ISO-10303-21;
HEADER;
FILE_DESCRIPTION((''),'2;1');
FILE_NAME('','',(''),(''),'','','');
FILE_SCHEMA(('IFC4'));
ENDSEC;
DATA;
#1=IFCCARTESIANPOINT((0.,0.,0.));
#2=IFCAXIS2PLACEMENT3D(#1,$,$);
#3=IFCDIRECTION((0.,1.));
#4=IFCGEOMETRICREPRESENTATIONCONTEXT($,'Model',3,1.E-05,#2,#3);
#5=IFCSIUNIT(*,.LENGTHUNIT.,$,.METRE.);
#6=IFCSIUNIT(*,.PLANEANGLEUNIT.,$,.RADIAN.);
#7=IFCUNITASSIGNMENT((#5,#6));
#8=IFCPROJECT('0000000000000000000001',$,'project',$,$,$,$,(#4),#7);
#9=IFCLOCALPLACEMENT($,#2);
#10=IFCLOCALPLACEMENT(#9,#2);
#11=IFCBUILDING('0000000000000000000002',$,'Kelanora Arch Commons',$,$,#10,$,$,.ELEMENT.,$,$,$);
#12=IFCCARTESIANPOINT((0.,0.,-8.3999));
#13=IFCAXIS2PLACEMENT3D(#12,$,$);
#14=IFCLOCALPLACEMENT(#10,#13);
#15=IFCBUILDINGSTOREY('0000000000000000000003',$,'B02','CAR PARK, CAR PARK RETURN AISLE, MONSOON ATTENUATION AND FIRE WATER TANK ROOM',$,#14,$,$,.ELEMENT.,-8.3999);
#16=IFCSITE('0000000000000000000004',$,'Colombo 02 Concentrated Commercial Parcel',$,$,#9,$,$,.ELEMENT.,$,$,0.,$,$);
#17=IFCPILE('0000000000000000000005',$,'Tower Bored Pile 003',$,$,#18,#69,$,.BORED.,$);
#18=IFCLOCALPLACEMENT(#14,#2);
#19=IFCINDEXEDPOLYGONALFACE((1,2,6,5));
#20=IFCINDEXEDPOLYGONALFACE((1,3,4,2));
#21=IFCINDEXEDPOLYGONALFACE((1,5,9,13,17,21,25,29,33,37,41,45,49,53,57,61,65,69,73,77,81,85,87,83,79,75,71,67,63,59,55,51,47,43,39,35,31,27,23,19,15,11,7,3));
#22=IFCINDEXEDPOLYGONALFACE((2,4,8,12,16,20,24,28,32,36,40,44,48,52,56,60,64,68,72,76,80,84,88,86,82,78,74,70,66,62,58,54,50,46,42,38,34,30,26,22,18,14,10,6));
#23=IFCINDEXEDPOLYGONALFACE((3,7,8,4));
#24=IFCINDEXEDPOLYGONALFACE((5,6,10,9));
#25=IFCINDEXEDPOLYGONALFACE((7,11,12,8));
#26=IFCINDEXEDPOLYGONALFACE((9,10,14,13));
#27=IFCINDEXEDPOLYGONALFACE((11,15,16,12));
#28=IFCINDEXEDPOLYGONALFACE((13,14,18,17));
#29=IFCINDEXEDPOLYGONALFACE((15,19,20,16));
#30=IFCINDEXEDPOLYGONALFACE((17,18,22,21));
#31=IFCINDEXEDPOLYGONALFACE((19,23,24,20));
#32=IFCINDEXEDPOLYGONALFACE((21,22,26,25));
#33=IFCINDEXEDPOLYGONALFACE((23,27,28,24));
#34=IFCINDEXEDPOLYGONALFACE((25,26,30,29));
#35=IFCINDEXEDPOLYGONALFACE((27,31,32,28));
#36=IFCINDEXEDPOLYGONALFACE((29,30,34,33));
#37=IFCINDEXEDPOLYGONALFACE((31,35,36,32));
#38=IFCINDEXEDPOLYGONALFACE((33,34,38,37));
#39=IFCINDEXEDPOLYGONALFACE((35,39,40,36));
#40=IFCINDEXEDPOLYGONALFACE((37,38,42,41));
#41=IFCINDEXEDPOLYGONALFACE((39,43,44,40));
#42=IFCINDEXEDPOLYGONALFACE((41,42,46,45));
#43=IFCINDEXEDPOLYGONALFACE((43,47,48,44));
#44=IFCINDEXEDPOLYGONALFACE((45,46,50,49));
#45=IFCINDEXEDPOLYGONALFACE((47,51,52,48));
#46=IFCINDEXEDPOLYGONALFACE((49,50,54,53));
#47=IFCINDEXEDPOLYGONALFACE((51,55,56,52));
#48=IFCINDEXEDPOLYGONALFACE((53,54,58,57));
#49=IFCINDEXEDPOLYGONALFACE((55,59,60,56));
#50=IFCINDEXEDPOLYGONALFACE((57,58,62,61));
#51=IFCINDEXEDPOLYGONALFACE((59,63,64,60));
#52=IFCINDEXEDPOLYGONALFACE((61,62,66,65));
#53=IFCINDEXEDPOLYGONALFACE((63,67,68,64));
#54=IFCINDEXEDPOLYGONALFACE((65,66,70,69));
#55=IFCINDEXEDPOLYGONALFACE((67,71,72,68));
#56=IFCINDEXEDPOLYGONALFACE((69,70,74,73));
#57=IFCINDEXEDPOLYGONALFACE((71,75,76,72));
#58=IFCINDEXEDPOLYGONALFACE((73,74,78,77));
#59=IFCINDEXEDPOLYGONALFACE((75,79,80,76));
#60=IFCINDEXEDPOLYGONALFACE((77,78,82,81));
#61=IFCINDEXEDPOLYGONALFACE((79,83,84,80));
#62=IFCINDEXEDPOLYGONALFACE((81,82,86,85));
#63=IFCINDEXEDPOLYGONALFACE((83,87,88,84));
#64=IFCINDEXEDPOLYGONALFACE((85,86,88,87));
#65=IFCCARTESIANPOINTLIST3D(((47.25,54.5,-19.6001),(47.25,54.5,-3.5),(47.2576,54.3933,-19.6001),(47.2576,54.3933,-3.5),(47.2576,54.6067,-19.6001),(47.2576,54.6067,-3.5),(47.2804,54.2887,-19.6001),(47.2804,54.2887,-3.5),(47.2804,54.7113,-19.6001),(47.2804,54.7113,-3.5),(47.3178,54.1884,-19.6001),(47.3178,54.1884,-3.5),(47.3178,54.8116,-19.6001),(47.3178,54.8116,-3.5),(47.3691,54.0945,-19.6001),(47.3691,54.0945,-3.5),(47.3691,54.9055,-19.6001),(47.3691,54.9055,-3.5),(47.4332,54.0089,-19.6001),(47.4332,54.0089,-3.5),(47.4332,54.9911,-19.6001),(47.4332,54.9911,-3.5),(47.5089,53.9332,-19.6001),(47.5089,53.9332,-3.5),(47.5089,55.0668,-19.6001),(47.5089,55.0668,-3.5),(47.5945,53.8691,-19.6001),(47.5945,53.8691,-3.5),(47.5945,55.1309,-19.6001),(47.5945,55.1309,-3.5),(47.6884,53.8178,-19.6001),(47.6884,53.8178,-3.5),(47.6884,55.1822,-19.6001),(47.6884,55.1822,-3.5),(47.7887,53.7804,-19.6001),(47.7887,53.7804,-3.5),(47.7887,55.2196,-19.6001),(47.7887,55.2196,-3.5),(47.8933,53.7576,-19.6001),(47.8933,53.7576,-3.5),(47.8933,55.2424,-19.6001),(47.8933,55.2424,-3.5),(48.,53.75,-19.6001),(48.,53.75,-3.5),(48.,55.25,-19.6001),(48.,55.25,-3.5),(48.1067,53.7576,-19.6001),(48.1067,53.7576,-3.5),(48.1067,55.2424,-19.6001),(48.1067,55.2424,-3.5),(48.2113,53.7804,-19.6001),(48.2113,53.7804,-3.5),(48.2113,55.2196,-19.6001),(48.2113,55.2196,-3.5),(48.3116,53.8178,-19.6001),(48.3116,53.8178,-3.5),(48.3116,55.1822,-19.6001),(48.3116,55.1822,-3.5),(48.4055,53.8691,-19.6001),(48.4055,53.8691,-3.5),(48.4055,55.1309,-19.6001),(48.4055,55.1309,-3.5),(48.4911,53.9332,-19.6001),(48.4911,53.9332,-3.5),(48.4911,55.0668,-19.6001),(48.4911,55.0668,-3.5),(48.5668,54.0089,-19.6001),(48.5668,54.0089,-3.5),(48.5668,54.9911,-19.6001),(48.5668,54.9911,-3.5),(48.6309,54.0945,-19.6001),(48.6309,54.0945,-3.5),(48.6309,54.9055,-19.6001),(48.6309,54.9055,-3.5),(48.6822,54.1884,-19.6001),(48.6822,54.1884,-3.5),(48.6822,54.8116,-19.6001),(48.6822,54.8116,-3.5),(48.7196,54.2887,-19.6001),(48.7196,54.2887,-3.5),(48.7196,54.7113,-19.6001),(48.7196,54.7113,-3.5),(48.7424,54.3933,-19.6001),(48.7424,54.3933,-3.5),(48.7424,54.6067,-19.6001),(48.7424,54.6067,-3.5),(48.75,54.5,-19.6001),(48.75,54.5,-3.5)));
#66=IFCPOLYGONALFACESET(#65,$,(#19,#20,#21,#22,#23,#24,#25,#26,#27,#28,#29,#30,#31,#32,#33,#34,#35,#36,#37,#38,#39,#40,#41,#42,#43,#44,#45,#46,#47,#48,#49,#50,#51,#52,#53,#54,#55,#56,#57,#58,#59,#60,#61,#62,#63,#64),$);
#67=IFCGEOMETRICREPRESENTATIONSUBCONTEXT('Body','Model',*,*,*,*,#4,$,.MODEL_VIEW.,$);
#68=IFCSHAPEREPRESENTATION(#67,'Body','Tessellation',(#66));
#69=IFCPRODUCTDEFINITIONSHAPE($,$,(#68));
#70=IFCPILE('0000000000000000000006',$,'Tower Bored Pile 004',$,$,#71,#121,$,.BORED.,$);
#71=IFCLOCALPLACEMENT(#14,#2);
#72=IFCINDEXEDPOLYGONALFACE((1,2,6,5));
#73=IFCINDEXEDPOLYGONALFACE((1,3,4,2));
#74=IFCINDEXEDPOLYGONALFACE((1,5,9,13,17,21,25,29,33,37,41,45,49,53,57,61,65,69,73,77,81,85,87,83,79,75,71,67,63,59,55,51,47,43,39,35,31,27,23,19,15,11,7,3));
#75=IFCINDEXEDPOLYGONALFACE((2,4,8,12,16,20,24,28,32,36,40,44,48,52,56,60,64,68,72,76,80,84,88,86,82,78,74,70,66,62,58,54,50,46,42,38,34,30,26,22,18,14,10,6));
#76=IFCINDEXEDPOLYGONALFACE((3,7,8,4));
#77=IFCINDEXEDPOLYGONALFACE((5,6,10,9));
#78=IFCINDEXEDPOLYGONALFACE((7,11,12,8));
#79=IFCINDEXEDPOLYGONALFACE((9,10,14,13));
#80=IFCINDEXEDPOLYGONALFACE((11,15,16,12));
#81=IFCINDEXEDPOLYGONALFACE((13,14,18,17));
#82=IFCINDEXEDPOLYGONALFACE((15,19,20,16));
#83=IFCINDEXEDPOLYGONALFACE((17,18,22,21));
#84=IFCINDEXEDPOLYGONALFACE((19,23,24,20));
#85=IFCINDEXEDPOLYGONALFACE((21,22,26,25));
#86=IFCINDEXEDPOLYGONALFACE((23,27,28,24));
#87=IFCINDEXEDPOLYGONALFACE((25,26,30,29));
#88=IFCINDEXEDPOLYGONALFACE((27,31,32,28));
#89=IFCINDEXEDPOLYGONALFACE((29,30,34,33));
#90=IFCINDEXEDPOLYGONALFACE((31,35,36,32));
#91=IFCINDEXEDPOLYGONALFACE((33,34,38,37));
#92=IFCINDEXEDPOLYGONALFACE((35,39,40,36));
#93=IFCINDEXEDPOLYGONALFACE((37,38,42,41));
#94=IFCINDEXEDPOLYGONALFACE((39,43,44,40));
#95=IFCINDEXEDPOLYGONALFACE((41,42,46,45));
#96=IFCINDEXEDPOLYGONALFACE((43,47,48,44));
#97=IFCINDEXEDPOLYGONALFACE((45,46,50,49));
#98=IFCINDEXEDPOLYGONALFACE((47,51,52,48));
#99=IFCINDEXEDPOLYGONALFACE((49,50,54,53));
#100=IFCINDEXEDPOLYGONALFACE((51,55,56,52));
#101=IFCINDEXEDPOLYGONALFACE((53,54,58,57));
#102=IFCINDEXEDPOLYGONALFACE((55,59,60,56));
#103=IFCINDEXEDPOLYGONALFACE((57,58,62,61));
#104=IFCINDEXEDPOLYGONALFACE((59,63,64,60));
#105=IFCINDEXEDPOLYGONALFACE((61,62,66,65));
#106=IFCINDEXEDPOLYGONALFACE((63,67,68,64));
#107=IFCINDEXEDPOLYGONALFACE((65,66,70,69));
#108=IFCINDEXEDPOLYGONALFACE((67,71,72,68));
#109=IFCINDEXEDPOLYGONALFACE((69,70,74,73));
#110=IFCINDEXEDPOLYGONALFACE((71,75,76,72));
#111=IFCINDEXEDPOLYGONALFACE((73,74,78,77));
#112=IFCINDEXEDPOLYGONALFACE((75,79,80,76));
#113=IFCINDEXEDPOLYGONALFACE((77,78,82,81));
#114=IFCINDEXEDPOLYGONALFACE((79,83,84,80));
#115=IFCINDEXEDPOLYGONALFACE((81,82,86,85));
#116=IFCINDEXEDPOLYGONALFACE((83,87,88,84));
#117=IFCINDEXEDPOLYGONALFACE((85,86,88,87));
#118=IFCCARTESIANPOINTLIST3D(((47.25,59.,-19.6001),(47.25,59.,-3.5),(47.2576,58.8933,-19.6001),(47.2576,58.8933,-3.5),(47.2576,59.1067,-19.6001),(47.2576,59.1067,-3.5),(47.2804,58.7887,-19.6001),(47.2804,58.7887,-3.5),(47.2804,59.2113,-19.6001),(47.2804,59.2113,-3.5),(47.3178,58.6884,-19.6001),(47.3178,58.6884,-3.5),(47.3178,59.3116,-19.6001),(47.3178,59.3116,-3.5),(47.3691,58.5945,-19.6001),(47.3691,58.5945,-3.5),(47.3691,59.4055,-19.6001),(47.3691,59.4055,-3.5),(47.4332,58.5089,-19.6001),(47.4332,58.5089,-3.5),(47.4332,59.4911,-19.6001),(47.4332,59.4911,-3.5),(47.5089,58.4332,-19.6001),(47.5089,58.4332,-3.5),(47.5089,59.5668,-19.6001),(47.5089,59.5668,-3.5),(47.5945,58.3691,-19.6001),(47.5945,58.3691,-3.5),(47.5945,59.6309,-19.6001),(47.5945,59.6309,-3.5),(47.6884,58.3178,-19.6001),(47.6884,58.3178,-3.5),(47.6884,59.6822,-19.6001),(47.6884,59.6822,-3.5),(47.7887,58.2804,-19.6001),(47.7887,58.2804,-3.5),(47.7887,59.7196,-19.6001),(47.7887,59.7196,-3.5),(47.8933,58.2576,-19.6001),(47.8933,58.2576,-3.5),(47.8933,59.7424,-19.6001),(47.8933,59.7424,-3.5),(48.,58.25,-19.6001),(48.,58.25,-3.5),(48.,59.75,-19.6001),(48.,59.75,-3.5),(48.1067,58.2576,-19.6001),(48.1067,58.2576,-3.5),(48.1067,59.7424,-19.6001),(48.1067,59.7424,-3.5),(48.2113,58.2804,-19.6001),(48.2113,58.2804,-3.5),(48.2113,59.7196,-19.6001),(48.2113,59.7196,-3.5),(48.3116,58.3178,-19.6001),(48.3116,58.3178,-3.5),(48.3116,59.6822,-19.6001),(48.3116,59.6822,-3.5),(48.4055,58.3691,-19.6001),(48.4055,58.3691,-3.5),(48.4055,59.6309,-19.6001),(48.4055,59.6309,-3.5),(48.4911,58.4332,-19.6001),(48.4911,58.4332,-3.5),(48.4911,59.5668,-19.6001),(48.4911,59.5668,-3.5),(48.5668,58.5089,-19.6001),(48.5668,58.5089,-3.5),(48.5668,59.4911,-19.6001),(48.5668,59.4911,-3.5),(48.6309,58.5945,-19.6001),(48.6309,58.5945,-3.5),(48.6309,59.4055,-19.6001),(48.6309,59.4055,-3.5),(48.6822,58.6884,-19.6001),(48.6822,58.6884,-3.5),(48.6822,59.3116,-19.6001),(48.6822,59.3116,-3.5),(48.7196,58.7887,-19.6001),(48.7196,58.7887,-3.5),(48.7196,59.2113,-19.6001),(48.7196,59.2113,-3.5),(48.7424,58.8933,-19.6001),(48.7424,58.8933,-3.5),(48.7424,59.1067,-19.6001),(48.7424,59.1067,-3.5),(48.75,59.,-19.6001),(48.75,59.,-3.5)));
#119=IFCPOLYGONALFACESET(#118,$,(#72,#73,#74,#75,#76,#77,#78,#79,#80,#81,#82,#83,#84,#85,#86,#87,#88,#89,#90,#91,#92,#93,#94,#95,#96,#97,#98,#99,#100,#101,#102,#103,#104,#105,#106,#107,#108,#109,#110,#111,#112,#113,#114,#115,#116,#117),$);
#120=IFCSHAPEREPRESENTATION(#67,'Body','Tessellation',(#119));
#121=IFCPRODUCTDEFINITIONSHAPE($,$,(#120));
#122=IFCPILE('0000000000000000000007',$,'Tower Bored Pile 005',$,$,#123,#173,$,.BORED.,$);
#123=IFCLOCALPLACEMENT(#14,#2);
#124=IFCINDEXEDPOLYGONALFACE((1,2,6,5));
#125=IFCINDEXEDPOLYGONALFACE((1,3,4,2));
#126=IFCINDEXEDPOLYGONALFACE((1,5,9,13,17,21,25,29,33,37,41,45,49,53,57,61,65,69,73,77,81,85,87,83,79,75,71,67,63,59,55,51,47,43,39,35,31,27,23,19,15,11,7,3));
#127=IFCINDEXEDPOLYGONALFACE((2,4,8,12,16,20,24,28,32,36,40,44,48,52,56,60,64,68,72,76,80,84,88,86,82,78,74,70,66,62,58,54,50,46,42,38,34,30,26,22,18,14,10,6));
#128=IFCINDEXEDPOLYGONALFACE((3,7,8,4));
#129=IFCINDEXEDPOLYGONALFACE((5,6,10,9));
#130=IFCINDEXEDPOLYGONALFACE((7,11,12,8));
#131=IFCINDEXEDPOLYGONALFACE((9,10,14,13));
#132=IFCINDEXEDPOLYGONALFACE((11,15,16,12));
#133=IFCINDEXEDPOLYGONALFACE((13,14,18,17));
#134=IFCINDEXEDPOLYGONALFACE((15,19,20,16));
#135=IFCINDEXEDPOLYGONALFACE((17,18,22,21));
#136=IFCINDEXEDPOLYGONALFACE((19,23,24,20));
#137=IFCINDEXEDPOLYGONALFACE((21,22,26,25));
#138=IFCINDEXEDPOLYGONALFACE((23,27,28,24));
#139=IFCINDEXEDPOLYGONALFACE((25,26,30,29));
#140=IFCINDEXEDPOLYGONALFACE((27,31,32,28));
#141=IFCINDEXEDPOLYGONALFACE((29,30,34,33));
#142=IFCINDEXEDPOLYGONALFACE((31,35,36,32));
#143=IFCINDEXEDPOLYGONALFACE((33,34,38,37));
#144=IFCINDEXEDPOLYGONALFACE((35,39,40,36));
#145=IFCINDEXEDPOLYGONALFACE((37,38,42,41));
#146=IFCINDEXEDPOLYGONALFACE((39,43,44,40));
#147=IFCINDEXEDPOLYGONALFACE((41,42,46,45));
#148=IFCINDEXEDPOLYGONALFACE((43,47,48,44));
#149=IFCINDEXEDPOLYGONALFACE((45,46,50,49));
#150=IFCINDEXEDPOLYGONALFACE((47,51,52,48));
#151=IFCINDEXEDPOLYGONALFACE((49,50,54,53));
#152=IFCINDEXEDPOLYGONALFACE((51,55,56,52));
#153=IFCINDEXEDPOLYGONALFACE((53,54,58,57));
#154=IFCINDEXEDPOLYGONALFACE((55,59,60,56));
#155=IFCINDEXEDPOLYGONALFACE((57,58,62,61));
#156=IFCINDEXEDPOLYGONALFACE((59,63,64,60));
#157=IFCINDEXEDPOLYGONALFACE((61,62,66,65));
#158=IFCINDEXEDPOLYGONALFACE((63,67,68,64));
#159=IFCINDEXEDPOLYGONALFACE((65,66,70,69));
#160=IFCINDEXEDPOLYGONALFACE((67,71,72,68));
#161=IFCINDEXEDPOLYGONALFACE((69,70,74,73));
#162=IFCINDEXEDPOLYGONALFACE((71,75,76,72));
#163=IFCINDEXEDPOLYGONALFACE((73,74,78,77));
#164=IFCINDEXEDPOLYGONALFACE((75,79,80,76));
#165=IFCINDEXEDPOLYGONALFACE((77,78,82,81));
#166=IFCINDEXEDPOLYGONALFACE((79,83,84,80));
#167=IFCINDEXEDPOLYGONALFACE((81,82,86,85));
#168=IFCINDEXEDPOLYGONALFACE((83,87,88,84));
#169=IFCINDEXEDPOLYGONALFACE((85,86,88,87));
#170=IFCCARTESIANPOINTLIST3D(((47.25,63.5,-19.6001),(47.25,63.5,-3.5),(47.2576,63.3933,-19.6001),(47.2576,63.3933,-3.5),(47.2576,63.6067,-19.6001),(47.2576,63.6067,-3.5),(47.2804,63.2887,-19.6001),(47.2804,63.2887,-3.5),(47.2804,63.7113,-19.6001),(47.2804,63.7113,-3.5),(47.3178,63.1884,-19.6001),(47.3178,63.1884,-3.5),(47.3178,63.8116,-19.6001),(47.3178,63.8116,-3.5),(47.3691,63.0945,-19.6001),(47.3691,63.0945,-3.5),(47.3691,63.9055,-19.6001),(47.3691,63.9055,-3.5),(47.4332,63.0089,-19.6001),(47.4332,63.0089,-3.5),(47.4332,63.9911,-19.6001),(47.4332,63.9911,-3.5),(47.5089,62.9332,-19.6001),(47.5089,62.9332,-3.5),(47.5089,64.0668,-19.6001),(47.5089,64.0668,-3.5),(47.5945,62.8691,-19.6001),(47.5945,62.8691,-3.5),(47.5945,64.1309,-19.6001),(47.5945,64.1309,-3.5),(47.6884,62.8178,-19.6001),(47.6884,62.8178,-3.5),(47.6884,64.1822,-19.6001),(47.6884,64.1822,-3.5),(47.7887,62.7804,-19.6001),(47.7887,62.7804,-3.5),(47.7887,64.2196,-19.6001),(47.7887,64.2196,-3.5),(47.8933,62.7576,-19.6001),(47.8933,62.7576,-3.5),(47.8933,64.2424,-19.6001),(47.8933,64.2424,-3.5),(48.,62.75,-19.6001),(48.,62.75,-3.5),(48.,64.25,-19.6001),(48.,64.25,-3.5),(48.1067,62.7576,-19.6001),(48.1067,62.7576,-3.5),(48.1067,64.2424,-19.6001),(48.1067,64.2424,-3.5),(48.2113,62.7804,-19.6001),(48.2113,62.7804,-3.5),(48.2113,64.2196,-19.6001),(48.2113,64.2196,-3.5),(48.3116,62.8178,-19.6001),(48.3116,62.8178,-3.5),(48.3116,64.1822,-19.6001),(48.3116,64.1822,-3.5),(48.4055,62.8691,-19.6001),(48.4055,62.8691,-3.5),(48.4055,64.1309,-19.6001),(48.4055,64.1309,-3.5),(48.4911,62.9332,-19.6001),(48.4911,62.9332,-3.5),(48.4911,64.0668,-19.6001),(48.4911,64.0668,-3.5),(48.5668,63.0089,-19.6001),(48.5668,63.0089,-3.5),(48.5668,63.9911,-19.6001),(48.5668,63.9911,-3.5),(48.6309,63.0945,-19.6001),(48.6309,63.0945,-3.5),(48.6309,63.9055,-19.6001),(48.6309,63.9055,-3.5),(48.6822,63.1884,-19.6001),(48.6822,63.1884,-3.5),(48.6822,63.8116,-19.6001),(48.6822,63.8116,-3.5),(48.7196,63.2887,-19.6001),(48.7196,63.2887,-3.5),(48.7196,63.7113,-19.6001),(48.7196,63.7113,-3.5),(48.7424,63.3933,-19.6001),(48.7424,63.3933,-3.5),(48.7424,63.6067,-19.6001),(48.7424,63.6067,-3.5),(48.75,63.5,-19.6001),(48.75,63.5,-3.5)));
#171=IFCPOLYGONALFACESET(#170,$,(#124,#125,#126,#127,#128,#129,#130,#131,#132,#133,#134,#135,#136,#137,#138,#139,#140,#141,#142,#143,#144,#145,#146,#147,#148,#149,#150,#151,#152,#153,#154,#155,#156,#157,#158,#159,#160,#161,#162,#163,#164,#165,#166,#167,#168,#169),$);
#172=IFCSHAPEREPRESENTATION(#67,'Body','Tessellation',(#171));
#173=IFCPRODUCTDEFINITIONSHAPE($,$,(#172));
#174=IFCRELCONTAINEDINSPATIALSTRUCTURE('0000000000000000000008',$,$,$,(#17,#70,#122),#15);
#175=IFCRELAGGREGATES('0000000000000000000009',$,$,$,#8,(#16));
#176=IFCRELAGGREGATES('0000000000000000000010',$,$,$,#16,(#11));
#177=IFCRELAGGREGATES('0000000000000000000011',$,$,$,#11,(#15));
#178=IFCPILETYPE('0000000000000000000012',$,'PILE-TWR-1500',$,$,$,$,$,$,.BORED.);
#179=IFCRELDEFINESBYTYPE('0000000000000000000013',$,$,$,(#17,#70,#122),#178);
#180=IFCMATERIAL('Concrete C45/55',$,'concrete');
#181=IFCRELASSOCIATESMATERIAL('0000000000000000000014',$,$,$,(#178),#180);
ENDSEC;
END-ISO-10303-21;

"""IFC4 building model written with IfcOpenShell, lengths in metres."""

from ifc_helpers import new_model, si_unit, direction, frame, origin, origin_2d, place, context, subcontext, project, spatial, circle, extrude, source, transform, mapped, material, material_profile, profile_set, type_object, element, save


model = new_model("IFC4")

# Units and contexts
model_context = context("Model", 3, precision=1e-05, world=origin(), true_north=direction((0.0, 1.0)))
body_context = subcontext(model_context, "Body", "Model", "MODEL_VIEW")
ifc_project = project(units=[si_unit("LENGTHUNIT", "METRE"), si_unit("PLANEANGLEUNIT", "RADIAN")], contexts=[model_context])

# Site, building, storey
site_placement = place(None, origin())
site = spatial("IfcSite", under=ifc_project, at=site_placement, Name="Colombo 02 Concentrated Commercial Parcel", CompositionType="ELEMENT", RefElevation=0.0)
building_placement = place(site_placement, origin())
building = spatial("IfcBuilding", under=site, at=building_placement, Name="Kelanora Arch Commons", CompositionType="ELEMENT")
storey_placement = place(building_placement, frame((0.0, 0.0, -8.3999)))
storey = spatial("IfcBuildingStorey", under=building, at=storey_placement, Name="B02", Description="CAR PARK, CAR PARK RETURN AISLE, MONSOON ATTENUATION AND FIRE WATER TANK ROOM", CompositionType="ELEMENT", Elevation=-8.3999)

# Piles
ifc_material_1 = material(Name="Concrete C45/55", Category="concrete")
ifc_material_profile_1 = material_profile(ifc_material_1, circle(Radius=0.75, at=origin_2d()), Name="PILE1500")
ifc_profile_set_1 = profile_set([ifc_material_profile_1], Name="Concrete C45/55")
pile_type = type_object("IfcPileType", Name="PILE-TWR-1500", PredefinedType="BORED", material=ifc_profile_set_1)
shared_shape = source(origin(), body_context, "Body", "SweptSolid", [
    extrude(circle(Radius=0.75, at=origin_2d()), origin(), (0.0, 0.0, 1.0), 16.1001),
])
for number, where, z_axis, x_axis, name in (
    (1, (48.0, 54.5, -3.5), (0.0, 0.0, -1.0), (1.0, 0.0, 0.0), "Tower Bored Pile 003"),
    (2, (48.0, 59.0, -3.5), (0.0, 0.0, -1.0), (1.0, 0.0, 0.0), "Tower Bored Pile 004"),
    (3, (48.0, 63.5, -3.5), (0.0, 0.0, -1.0), (1.0, 0.0, 0.0), "Tower Bored Pile 005"),
):
    element("IfcPile", number, at=place(storey_placement, frame(where, z_axis=z_axis, x_axis=x_axis)), inside=storey, type_object=pile_type, Name=name, PredefinedType="BORED", context=body_context, shape_type="MappedRepresentation", body=[
        mapped(shared_shape, transform((0.0, 0.0, 0.0), scale=1.0)),
    ])

save(model, "model.ifc")
